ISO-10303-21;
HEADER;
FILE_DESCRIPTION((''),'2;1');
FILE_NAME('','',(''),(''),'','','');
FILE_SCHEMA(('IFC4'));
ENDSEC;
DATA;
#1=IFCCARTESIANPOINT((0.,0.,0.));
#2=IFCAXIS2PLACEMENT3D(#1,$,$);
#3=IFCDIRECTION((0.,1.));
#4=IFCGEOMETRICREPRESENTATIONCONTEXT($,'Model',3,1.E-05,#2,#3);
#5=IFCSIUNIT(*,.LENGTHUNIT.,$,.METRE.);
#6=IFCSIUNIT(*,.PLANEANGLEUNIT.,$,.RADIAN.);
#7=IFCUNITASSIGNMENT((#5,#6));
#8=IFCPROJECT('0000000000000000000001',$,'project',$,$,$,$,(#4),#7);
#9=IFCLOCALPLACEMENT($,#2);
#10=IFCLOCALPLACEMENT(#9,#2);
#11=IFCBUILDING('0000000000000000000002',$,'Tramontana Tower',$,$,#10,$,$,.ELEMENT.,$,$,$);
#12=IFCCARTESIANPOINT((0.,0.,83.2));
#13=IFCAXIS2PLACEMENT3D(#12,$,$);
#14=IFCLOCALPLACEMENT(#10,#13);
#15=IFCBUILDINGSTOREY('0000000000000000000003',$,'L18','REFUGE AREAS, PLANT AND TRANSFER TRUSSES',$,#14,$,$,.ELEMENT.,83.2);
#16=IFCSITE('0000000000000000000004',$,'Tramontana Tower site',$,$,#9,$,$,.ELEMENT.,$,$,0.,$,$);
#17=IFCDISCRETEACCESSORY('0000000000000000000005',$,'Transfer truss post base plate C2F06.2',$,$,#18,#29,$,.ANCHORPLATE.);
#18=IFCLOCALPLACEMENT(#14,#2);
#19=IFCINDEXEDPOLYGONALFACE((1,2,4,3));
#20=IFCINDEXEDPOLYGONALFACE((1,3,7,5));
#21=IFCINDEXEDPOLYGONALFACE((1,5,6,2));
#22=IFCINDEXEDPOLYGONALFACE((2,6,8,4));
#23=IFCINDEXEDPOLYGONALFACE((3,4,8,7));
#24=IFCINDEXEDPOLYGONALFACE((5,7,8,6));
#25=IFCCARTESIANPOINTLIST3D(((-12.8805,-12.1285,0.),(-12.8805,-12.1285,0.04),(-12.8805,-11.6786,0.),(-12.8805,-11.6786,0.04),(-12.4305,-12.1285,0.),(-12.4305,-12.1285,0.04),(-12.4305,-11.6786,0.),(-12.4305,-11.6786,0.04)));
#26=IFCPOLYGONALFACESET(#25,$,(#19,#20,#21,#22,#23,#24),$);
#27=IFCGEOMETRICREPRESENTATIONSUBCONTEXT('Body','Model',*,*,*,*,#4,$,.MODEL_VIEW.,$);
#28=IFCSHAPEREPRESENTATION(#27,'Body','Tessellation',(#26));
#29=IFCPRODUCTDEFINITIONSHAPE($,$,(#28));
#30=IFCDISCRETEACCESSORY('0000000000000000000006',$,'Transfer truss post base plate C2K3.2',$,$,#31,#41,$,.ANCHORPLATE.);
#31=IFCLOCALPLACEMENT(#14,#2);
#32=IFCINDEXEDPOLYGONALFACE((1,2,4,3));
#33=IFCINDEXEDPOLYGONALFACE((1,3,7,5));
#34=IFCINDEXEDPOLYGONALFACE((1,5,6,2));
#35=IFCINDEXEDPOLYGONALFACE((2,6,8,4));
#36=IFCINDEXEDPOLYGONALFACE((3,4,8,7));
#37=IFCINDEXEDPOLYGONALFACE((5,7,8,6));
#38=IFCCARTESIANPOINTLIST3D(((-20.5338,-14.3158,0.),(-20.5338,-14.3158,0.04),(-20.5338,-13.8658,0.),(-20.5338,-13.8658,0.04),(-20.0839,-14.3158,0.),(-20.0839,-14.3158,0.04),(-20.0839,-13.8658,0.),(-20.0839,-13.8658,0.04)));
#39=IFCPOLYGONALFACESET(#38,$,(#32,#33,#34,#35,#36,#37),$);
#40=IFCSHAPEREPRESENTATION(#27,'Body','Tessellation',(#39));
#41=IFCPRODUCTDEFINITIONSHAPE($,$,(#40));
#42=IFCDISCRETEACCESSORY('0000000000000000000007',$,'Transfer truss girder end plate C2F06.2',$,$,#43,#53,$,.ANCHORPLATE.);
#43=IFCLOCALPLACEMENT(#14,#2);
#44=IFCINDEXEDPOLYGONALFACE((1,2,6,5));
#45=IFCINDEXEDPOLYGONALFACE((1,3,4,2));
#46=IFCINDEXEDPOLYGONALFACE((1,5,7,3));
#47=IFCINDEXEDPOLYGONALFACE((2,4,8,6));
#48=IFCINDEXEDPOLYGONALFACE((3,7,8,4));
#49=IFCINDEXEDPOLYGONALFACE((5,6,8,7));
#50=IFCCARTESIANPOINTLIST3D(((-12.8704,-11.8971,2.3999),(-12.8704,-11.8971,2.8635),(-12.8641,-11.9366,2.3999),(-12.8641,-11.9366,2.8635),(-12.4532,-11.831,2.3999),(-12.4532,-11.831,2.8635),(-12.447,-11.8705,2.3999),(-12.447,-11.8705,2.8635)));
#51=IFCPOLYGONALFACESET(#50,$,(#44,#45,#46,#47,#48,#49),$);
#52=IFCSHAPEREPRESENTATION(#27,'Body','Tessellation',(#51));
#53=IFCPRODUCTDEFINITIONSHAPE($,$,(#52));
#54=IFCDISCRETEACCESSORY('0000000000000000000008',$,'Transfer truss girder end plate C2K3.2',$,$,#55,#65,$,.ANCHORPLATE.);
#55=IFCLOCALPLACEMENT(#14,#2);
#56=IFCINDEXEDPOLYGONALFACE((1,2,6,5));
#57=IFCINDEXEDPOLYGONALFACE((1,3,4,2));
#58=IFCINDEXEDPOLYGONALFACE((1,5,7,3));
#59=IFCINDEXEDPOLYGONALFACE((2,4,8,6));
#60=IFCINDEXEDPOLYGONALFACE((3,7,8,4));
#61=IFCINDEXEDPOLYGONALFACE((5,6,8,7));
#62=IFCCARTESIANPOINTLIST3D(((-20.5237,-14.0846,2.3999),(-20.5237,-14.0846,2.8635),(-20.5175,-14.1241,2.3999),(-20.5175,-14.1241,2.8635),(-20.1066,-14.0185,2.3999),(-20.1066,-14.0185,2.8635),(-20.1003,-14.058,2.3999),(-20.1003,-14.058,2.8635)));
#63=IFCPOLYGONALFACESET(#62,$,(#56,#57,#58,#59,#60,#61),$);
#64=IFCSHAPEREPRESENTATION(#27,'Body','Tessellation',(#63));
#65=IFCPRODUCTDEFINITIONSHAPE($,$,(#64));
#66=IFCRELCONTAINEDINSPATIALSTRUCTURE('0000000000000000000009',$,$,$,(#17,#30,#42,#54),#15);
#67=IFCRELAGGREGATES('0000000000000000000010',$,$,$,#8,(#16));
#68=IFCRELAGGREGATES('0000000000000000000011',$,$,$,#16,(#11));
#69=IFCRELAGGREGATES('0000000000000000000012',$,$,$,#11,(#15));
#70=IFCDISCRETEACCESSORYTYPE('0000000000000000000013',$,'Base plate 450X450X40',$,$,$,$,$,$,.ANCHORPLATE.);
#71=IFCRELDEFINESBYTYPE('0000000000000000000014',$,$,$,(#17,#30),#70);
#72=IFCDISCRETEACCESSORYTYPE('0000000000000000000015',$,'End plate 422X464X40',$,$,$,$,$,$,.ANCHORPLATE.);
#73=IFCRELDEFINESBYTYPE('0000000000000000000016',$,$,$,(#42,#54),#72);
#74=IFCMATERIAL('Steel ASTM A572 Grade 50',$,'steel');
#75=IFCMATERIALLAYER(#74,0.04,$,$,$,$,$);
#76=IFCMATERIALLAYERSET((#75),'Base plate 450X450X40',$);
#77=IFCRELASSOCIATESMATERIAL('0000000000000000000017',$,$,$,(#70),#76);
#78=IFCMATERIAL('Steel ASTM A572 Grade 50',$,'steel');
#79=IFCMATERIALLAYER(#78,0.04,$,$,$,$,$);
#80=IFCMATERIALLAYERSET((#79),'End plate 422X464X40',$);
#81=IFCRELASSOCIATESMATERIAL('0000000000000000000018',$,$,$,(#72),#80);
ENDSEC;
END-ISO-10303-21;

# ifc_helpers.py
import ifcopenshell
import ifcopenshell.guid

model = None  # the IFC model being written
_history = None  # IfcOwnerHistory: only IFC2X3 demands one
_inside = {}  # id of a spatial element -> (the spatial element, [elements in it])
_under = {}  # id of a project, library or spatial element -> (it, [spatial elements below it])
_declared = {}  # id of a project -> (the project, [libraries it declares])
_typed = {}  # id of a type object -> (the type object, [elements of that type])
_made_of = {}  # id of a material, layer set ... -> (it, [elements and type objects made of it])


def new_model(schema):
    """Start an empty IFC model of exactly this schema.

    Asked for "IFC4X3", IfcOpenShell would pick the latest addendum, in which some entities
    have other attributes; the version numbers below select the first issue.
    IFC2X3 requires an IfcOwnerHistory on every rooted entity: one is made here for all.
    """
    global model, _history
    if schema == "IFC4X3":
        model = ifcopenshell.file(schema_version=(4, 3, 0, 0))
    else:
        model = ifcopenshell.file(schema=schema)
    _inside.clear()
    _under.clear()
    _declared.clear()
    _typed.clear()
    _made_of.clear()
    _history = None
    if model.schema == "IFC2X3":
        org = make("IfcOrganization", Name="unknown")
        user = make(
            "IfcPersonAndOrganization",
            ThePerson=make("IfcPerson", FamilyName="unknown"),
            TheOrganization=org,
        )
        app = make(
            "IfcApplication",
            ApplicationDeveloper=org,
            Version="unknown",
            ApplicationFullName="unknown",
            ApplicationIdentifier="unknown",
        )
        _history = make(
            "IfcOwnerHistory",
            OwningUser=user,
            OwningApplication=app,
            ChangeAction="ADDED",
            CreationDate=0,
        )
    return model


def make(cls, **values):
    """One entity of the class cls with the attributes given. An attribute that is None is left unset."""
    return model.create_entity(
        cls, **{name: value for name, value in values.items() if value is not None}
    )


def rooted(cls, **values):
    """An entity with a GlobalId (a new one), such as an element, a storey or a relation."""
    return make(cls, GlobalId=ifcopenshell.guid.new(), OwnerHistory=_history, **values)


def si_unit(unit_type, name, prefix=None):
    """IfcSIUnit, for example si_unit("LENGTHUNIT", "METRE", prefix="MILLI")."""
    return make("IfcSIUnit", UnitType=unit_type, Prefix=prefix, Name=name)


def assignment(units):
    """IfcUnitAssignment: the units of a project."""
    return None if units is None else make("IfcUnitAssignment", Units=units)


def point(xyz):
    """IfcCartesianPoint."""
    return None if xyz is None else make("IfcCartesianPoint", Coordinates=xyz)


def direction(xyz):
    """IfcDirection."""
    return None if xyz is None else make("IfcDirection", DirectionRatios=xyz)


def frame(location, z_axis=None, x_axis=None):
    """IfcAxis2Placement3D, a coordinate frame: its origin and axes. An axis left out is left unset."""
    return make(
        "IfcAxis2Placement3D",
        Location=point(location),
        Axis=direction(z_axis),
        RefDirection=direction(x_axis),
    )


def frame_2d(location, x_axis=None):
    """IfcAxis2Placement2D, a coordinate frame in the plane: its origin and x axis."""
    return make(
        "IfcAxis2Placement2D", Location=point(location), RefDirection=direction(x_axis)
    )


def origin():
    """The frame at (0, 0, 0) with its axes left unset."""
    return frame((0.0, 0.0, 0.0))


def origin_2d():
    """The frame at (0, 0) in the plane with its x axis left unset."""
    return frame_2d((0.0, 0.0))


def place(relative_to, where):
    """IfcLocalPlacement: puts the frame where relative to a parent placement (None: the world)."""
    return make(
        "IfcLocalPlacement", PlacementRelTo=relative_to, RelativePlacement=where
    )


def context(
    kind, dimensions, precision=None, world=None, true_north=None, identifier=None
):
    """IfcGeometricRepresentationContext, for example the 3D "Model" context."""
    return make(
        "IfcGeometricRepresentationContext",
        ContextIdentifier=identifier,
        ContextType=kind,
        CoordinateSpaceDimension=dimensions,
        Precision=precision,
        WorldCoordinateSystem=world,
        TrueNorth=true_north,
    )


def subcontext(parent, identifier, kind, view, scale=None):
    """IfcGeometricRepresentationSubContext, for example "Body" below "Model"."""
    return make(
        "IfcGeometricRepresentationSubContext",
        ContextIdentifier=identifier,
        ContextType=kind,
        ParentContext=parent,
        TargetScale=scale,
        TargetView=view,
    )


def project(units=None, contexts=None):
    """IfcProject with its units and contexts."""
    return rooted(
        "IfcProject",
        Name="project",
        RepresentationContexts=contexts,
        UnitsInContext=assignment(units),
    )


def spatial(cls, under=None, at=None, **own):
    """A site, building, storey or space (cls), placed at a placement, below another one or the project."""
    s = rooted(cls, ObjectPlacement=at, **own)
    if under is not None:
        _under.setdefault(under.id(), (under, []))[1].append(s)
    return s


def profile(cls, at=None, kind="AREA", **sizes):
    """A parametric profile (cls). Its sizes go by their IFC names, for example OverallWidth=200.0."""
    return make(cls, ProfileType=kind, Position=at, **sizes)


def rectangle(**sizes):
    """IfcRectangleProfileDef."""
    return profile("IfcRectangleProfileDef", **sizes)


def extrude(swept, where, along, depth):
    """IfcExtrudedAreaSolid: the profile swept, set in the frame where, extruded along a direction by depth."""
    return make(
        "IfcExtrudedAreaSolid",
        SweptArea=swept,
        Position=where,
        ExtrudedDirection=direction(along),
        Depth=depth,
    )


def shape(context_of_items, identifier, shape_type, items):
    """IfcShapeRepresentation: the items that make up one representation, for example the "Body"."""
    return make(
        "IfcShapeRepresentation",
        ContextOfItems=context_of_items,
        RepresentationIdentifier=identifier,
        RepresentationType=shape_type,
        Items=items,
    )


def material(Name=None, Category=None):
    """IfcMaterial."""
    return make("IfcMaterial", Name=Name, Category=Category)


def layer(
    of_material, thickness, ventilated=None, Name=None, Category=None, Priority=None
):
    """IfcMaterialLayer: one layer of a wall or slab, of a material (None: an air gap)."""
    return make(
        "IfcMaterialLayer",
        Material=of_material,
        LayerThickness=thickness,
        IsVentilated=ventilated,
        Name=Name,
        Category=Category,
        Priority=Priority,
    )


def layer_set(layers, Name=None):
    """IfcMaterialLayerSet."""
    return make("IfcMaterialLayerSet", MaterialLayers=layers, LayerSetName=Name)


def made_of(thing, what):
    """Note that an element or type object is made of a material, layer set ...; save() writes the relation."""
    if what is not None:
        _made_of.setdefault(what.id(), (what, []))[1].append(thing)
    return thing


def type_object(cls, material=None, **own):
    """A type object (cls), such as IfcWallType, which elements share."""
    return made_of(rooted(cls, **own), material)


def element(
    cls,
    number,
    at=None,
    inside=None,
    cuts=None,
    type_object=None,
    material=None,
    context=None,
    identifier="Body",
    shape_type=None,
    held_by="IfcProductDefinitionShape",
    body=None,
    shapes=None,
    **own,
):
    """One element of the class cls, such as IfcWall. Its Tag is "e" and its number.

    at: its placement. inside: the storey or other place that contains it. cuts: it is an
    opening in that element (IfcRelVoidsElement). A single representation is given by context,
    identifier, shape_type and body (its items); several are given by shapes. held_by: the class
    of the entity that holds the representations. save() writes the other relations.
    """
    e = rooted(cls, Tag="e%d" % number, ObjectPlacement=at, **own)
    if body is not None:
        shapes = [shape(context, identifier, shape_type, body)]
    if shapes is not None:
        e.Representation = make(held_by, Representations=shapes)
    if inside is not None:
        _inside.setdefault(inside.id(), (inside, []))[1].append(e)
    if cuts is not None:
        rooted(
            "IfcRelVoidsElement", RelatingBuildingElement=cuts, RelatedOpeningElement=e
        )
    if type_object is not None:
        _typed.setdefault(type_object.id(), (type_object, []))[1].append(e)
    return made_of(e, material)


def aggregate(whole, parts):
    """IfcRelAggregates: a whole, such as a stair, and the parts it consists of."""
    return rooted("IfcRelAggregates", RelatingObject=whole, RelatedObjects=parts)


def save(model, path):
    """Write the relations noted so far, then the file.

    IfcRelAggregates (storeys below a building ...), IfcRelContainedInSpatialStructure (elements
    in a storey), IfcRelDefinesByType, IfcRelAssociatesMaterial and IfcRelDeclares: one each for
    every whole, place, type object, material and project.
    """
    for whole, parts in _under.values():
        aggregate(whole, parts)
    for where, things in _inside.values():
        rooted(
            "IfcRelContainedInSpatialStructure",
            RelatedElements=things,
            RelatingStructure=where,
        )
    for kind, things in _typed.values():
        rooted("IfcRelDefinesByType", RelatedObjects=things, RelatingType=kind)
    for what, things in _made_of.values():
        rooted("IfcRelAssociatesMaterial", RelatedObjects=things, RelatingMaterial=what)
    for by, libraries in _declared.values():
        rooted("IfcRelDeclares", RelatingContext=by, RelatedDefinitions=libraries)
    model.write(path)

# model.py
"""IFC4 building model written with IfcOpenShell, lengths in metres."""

from ifc_helpers import new_model, si_unit, direction, frame, origin, origin_2d, place, context, subcontext, project, spatial, rectangle, extrude, material, layer, layer_set, type_object, element, save


model = new_model("IFC4")

# Units and contexts
model_context = context("Model", 3, precision=1e-05, world=origin(), true_north=direction((0.0, 1.0)))
body_context = subcontext(model_context, "Body", "Model", "MODEL_VIEW")
ifc_project = project(units=[si_unit("LENGTHUNIT", "METRE"), si_unit("PLANEANGLEUNIT", "RADIAN")], contexts=[model_context])

# Site, building, storey
site_placement = place(None, origin())
site = spatial("IfcSite", under=ifc_project, at=site_placement, Name="Tramontana Tower site", CompositionType="ELEMENT", RefElevation=0.0)
building_placement = place(site_placement, origin())
building = spatial("IfcBuilding", under=site, at=building_placement, Name="Tramontana Tower", CompositionType="ELEMENT")
storey_placement = place(building_placement, frame((0.0, 0.0, 83.2)))
storey = spatial("IfcBuildingStorey", under=building, at=storey_placement, Name="L18", Description="REFUGE AREAS, PLANT AND TRANSFER TRUSSES", CompositionType="ELEMENT", Elevation=83.2)

# Discrete accessories
ifc_material_1 = material(Name="Steel ASTM A572 Grade 50", Category="steel")
ifc_layer_1 = layer(ifc_material_1, 0.04)
ifc_layer_set_1 = layer_set([ifc_layer_1], Name="Base plate 450X450X40")
discrete_accessory_type_1 = type_object("IfcDiscreteAccessoryType", Name="Base plate 450X450X40", PredefinedType="ANCHORPLATE", material=ifc_layer_set_1)
for number, where, z_axis, x_axis, name in (
    (1, (-12.6555, -11.9036, 0.0), (0.0, 0.0, 1.0), (1.0, 0.0, 0.0), "Transfer truss post base plate C2F06.2"),
    (2, (-20.3088, -14.0908, 0.0), (0.0, 0.0, 1.0), (1.0, 0.0, 0.0), "Transfer truss post base plate C2K3.2"),
):
    element("IfcDiscreteAccessory", number, at=place(storey_placement, frame(where, z_axis=z_axis, x_axis=x_axis)), inside=storey, type_object=discrete_accessory_type_1, Name=name, PredefinedType="ANCHORPLATE", context=body_context, shape_type="SweptSolid", body=[
        extrude(rectangle(XDim=0.45, YDim=0.45, at=origin_2d()), origin(), (0.0, 0.0, 1.0), 0.04),
    ])
ifc_material_2 = material(Name="Steel ASTM A572 Grade 50", Category="steel")
ifc_layer_2 = layer(ifc_material_2, 0.04)
ifc_layer_set_2 = layer_set([ifc_layer_2], Name="End plate 422X464X40")
discrete_accessory_type_2 = type_object("IfcDiscreteAccessoryType", Name="End plate 422X464X40", PredefinedType="ANCHORPLATE", material=ifc_layer_set_2)
for number, where, z_axis, x_axis, name in (
    (3, (-12.6587, -11.8838, 2.3999), (0.0, 0.0, 1.0), (0.987688, 0.156434, 0.0), "Transfer truss girder end plate C2F06.2"),
    (4, (-20.312, -14.0713, 2.3999), (0.0, 0.0, 1.0), (0.987688, 0.156434, 0.0), "Transfer truss girder end plate C2K3.2"),
):
    element("IfcDiscreteAccessory", number, at=place(storey_placement, frame(where, z_axis=z_axis, x_axis=x_axis)), inside=storey, type_object=discrete_accessory_type_2, Name=name, PredefinedType="ANCHORPLATE", context=body_context, shape_type="SweptSolid", body=[
        extrude(rectangle(XDim=0.4224, YDim=0.04, at=origin_2d()), origin(), (0.0, 0.0, 1.0), 0.4636),
    ])

save(model, "model.ifc")
